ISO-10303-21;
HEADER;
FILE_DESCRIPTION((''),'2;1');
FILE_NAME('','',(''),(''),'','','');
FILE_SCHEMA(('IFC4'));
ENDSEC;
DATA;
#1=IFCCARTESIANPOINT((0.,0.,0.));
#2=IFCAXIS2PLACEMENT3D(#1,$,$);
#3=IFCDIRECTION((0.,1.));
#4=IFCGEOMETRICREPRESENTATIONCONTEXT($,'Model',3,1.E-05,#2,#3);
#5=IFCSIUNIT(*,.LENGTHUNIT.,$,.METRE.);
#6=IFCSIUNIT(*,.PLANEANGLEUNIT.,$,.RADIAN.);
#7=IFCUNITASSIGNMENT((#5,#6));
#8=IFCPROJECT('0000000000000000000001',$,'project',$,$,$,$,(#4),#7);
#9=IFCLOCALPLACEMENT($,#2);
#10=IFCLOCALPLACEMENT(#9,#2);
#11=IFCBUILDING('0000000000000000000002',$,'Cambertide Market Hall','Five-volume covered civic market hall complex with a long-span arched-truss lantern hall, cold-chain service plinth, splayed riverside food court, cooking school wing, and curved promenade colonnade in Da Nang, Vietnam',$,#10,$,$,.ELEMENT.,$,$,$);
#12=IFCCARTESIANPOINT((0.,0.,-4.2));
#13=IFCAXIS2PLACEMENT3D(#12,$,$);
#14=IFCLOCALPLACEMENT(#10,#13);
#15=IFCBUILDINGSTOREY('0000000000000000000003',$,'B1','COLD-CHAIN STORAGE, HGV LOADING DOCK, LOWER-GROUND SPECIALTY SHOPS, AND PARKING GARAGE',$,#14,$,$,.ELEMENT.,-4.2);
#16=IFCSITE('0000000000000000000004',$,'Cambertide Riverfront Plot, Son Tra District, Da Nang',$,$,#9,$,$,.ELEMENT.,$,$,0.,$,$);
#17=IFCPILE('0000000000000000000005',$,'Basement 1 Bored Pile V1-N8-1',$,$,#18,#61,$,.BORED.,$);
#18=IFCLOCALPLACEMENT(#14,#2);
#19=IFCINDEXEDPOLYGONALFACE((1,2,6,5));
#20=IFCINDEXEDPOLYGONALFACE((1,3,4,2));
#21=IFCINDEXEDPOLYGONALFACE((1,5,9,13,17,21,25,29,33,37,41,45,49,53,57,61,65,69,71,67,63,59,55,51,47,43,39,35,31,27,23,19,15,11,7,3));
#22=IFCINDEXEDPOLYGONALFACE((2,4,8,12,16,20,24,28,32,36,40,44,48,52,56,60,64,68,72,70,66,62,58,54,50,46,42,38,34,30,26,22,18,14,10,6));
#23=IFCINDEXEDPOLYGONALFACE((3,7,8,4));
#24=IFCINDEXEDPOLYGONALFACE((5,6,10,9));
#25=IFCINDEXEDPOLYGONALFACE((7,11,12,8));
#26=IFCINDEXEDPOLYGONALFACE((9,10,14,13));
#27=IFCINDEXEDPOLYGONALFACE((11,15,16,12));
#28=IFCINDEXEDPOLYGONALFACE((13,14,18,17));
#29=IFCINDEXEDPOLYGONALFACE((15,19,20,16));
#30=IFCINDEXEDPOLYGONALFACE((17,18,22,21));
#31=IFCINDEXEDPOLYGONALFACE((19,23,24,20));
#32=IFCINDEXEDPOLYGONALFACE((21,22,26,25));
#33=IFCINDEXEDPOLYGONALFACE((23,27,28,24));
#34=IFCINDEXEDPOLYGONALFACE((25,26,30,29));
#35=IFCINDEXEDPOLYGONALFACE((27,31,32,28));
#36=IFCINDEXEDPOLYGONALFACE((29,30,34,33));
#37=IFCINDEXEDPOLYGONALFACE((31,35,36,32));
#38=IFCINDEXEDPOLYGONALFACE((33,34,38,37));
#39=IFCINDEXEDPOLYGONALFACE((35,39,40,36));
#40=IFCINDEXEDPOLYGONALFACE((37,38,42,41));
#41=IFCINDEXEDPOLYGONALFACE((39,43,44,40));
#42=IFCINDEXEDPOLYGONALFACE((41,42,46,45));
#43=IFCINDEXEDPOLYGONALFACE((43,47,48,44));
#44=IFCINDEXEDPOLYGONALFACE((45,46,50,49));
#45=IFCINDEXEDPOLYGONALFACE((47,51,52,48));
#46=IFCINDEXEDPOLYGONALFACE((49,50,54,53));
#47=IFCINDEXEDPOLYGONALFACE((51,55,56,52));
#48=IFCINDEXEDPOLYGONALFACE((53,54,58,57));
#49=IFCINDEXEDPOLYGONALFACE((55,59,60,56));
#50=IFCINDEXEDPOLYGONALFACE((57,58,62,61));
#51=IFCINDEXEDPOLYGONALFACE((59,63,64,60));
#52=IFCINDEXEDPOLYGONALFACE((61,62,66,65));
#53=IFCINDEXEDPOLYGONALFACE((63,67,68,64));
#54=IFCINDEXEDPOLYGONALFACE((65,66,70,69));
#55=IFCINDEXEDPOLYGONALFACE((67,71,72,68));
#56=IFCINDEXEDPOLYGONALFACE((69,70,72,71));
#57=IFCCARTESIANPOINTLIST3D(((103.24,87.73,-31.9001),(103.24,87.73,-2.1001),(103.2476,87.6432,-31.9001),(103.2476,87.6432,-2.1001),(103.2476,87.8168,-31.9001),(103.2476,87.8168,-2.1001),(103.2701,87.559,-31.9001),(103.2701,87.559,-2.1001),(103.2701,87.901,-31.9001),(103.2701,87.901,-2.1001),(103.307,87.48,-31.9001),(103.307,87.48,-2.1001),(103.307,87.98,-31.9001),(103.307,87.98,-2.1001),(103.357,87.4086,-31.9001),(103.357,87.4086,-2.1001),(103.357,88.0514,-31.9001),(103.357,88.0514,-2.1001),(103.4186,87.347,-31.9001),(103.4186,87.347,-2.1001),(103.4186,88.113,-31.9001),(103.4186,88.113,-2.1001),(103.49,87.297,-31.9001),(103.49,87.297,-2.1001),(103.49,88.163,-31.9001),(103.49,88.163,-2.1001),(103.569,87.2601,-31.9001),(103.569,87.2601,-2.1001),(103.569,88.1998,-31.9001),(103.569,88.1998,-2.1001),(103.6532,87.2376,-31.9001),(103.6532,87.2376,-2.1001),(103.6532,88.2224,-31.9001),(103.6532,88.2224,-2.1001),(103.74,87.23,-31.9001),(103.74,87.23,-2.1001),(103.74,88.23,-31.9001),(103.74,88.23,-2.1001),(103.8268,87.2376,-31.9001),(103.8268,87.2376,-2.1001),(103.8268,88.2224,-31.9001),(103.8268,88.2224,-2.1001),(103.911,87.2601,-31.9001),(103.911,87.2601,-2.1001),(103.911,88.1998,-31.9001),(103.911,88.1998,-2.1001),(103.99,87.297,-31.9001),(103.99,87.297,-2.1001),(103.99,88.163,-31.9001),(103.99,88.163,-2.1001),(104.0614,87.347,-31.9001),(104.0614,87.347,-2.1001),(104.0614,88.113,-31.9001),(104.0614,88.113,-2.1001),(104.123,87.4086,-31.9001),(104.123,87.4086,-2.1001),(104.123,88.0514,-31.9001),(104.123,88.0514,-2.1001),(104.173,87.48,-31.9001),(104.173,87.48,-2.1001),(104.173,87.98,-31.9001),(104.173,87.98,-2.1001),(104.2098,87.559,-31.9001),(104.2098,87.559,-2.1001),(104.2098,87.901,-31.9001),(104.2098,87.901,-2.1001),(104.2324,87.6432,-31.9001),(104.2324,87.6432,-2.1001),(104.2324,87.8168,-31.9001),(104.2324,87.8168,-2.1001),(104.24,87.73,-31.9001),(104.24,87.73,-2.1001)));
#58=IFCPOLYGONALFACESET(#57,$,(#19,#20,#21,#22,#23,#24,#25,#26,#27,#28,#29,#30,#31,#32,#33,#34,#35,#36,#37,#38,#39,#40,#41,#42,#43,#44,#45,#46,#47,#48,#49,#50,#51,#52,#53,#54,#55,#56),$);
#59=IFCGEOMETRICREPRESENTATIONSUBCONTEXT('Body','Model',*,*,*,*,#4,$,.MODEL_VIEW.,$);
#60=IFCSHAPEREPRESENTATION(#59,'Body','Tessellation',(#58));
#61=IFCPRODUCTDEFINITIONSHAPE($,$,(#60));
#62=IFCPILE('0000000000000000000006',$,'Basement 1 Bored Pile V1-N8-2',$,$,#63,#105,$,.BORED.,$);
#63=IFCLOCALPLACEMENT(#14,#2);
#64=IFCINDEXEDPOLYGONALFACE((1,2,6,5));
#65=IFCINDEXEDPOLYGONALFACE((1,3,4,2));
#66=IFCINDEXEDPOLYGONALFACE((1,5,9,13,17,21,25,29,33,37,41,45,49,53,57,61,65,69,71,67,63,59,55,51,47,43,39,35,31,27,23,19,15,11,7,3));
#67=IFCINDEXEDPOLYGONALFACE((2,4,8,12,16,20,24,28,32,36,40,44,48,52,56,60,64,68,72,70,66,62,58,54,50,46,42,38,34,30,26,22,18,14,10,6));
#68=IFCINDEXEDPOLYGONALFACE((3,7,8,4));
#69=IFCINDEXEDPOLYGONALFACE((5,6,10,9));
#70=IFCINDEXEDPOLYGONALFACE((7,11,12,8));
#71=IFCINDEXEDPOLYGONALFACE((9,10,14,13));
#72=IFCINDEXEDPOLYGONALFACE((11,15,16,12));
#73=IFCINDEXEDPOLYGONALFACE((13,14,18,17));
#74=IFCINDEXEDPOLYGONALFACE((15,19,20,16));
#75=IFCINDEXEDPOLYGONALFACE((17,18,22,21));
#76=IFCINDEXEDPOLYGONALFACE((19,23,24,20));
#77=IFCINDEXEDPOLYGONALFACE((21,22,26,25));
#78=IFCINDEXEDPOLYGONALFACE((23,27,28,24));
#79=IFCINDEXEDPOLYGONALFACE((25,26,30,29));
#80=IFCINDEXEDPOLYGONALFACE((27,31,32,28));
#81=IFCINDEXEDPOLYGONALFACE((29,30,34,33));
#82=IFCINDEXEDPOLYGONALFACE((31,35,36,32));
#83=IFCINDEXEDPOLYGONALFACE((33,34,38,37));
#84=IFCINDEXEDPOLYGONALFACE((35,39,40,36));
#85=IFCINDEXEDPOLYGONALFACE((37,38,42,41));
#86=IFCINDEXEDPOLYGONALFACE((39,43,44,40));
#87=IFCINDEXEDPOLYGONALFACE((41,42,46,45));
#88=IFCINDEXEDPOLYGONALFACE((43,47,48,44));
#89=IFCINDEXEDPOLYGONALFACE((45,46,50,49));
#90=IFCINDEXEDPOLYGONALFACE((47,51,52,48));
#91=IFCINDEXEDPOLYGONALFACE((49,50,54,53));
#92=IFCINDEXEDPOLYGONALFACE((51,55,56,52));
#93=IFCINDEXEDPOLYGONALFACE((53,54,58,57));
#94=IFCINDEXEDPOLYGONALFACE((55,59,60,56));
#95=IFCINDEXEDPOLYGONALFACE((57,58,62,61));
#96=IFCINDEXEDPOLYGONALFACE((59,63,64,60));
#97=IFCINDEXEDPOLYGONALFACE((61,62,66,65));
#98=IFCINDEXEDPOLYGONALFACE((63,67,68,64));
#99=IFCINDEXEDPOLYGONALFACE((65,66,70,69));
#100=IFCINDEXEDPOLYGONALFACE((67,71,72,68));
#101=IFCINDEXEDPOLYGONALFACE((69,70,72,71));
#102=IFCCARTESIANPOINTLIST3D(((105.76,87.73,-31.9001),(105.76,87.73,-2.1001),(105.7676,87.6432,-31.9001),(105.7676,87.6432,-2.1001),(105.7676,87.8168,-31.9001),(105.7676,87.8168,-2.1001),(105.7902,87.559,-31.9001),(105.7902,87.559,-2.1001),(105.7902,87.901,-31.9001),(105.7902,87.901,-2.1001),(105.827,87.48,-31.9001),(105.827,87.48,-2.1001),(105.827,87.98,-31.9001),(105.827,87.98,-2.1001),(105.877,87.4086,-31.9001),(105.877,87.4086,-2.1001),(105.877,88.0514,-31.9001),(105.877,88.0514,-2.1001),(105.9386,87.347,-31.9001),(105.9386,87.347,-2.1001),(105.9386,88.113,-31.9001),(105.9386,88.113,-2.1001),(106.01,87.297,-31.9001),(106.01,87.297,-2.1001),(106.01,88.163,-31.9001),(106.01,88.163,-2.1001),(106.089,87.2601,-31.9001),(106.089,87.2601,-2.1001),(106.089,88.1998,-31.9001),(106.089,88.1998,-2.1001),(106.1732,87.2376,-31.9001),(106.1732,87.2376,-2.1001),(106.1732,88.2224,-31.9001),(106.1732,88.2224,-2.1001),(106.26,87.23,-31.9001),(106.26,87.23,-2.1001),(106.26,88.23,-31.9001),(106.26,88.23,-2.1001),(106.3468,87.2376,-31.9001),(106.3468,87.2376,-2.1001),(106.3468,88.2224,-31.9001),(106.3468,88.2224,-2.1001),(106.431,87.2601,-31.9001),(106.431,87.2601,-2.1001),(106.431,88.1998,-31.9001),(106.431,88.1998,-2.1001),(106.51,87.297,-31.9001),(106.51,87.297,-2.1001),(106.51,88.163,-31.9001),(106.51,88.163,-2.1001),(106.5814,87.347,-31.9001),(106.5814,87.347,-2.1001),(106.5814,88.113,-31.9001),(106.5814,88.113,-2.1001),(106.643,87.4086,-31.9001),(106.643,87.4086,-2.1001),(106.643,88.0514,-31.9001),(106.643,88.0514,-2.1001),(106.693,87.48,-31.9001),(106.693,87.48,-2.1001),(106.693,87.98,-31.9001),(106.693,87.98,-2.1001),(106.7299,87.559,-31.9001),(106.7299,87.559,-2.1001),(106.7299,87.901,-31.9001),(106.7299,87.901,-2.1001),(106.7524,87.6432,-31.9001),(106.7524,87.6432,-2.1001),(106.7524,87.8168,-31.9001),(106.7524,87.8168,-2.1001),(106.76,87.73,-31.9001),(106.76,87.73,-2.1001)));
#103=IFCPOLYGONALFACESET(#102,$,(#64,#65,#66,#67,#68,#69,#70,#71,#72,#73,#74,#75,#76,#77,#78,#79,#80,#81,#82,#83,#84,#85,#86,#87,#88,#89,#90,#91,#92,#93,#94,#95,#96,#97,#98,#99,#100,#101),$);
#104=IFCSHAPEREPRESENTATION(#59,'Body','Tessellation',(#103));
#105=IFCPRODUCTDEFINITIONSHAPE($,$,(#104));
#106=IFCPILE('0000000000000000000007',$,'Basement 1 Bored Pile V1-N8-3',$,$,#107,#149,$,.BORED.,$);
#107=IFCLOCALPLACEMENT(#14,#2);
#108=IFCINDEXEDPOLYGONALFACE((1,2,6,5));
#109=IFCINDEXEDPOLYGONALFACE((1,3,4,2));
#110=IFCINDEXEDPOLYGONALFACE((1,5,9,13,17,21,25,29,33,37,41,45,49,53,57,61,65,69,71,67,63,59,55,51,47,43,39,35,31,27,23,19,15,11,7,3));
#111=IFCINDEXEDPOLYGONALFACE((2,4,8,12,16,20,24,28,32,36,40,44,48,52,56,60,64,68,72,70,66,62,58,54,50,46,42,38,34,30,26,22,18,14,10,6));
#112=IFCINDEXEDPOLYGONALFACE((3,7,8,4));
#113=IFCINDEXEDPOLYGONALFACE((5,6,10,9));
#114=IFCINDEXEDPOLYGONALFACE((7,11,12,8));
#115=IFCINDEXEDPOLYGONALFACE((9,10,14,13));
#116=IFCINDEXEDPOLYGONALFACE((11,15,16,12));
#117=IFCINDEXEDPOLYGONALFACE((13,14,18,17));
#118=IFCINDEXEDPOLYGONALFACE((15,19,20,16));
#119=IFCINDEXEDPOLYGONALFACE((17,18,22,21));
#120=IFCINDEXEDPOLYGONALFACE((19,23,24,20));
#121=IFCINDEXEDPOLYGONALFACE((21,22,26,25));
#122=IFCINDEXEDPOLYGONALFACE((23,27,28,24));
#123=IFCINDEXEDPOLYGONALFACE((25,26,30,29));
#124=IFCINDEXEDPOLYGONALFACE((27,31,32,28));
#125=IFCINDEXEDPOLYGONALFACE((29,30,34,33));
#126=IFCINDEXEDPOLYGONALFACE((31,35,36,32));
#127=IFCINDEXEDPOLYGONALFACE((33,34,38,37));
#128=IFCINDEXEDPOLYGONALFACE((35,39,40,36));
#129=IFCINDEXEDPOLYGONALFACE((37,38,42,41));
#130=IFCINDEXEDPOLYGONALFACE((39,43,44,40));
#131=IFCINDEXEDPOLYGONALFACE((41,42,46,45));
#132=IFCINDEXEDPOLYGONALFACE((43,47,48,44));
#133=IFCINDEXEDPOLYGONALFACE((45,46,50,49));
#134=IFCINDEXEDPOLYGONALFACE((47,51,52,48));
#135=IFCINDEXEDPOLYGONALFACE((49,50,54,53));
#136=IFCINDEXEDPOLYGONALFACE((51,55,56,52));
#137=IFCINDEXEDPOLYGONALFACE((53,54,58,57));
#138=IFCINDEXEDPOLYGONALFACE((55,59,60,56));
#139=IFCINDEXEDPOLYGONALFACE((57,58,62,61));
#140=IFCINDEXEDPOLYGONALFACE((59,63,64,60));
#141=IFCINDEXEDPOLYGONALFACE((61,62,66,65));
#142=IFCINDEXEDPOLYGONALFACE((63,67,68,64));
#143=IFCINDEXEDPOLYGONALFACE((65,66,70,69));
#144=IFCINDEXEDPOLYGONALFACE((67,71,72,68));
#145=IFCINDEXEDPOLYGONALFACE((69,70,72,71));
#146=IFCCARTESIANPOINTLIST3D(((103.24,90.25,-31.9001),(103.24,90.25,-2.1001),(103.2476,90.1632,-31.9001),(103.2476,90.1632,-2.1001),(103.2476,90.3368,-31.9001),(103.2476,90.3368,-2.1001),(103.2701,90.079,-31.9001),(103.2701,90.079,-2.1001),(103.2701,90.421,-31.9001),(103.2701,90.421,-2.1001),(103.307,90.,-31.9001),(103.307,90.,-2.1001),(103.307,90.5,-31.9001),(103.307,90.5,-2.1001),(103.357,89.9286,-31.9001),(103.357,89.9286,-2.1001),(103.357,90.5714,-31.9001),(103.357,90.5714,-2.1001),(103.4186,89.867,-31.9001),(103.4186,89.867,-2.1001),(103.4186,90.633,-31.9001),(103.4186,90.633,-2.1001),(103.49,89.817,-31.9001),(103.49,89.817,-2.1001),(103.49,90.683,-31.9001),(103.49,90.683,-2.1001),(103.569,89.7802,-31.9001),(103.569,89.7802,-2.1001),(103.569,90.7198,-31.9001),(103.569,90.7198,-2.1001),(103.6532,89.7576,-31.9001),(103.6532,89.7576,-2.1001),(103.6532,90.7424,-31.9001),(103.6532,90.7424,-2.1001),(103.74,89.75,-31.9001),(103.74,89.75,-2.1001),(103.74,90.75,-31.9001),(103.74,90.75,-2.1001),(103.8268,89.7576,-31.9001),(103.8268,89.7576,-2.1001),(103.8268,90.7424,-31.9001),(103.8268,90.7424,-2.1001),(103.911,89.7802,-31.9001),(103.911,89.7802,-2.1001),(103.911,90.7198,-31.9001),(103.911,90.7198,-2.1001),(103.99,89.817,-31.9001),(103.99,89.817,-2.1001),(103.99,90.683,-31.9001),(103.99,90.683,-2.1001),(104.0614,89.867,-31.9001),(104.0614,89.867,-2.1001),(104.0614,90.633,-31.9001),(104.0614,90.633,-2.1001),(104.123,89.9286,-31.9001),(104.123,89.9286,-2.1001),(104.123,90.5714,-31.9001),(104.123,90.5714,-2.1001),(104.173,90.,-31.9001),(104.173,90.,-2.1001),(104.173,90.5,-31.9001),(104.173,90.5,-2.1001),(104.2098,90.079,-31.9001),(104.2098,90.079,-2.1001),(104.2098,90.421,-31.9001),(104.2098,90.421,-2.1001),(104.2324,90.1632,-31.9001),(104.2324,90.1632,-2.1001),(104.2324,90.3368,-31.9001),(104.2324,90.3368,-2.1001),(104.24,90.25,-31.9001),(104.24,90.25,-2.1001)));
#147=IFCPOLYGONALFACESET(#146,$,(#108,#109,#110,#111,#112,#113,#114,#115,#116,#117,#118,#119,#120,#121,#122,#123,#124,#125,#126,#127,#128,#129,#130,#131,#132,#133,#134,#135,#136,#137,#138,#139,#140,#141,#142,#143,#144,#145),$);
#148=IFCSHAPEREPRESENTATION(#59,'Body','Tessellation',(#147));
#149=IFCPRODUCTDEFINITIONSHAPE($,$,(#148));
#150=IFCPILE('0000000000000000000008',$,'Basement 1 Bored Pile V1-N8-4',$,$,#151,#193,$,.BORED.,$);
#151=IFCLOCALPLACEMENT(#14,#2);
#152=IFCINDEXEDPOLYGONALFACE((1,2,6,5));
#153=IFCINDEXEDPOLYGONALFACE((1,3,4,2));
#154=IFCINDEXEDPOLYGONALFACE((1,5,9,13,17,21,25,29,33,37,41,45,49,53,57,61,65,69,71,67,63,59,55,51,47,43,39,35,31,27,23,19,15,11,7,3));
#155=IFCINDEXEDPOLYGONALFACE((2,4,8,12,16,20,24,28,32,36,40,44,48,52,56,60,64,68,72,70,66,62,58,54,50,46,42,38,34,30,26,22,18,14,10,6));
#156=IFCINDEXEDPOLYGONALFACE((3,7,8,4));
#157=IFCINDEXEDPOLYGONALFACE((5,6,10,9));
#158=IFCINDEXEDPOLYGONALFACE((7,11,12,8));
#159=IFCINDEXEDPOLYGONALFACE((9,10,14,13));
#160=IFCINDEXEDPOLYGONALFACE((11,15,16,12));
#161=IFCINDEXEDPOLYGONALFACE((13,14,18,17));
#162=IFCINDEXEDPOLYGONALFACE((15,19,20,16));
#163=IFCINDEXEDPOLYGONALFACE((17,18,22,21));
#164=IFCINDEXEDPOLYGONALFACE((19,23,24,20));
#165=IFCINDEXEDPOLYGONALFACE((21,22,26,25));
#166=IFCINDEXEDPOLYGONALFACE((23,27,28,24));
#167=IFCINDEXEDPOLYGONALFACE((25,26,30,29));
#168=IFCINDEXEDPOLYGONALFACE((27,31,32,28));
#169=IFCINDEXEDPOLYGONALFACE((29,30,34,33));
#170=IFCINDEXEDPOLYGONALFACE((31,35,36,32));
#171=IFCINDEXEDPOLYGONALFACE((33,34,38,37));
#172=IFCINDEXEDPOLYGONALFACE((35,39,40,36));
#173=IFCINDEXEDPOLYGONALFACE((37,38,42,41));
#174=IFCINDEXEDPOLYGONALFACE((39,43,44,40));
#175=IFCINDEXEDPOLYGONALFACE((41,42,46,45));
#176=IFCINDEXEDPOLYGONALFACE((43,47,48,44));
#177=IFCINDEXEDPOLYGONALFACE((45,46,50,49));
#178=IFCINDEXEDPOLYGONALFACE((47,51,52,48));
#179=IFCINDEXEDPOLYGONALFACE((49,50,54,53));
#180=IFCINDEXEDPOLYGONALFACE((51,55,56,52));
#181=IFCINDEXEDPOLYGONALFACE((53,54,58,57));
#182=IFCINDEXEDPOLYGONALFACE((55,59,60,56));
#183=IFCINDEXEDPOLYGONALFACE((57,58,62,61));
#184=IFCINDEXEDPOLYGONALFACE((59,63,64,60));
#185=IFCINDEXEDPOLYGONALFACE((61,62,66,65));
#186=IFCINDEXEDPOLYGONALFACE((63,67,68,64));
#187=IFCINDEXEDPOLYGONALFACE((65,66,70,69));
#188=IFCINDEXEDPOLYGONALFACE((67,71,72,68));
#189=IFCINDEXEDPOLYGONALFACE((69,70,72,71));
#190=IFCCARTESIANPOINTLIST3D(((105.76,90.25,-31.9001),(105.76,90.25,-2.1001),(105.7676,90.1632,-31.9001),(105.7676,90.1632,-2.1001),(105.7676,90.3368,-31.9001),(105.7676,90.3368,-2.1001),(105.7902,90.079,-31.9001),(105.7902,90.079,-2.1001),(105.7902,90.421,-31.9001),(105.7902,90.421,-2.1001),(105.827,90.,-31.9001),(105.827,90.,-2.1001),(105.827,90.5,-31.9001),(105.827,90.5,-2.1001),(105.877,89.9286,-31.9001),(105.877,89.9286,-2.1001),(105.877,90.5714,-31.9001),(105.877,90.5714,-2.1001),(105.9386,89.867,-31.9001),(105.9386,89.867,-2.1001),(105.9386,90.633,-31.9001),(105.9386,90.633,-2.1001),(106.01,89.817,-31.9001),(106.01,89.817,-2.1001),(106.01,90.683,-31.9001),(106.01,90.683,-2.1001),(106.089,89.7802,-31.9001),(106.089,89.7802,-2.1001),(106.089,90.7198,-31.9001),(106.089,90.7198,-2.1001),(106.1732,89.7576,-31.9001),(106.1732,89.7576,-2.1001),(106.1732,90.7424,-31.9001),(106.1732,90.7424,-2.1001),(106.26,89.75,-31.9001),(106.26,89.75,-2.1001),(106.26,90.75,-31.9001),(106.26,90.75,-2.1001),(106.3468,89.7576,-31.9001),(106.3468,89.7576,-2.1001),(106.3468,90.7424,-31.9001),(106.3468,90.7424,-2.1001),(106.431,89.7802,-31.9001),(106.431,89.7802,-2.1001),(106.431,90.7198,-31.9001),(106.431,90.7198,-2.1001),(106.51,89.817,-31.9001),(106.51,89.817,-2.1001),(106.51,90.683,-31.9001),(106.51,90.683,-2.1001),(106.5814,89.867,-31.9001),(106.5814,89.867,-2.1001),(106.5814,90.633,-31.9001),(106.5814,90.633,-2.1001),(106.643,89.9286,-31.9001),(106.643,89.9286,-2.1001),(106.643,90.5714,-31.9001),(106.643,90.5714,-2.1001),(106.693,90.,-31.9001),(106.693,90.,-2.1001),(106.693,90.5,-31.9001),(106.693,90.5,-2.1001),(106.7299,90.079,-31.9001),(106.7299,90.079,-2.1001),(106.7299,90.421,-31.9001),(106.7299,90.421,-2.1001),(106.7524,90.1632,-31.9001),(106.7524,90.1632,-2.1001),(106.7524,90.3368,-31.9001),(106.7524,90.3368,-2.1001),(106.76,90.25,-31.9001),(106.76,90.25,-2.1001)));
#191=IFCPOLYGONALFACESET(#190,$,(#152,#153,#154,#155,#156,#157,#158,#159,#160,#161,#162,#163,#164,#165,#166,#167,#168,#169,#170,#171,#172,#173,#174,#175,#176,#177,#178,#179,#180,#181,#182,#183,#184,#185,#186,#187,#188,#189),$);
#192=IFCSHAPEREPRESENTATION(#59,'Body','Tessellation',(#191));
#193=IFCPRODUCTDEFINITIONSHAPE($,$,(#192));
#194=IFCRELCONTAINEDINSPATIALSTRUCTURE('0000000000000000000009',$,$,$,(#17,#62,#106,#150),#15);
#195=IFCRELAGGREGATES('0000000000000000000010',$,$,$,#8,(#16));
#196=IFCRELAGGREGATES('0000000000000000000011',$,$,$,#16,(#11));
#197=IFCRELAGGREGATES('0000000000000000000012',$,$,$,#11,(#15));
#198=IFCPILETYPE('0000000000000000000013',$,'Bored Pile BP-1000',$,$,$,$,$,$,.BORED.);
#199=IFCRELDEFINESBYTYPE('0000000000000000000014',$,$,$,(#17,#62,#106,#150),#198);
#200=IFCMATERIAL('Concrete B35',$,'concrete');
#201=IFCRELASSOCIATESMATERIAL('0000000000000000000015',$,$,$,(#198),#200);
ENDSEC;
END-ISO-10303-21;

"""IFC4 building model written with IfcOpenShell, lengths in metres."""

from ifc_helpers import new_model, si_unit, direction, frame, origin, origin_2d, place, context, subcontext, project, spatial, circle, extrude, material, material_profile, profile_set, type_object, element, save


model = new_model("IFC4")

# Units and contexts
model_context = context("Model", 3, precision=1e-05, world=origin(), true_north=direction((0.0, 1.0)))
body_context = subcontext(model_context, "Body", "Model", "MODEL_VIEW")
ifc_project = project(units=[si_unit("LENGTHUNIT", "METRE"), si_unit("PLANEANGLEUNIT", "RADIAN")], contexts=[model_context])

# Site, building, storey
site_placement = place(None, origin())
site = spatial("IfcSite", under=ifc_project, at=site_placement, Name="Cambertide Riverfront Plot, Son Tra District, Da Nang", CompositionType="ELEMENT", RefElevation=0.0)
building_placement = place(site_placement, origin())
building = spatial("IfcBuilding", under=site, at=building_placement, Name="Cambertide Market Hall", Description="Five-volume covered civic market hall complex with a long-span arched-truss lantern hall, cold-chain service plinth, splayed riverside food court, cooking school wing, and curved promenade colonnade in Da Nang, Vietnam", CompositionType="ELEMENT")
storey_placement = place(building_placement, frame((0.0, 0.0, -4.2)))
storey = spatial("IfcBuildingStorey", under=building, at=storey_placement, Name="B1", Description="COLD-CHAIN STORAGE, HGV LOADING DOCK, LOWER-GROUND SPECIALTY SHOPS, AND PARKING GARAGE", CompositionType="ELEMENT", Elevation=-4.2)

# Piles
ifc_material_1 = material(Name="Concrete B35", Category="concrete")
ifc_material_profile_1 = material_profile(ifc_material_1, circle(Radius=0.5, at=origin_2d()), Name="BP D1000")
ifc_profile_set_1 = profile_set([ifc_material_profile_1], Name="Concrete B35")
pile_type_1 = type_object("IfcPileType", Name="Bored Pile BP-1000", PredefinedType="BORED", material=ifc_profile_set_1)
for number, where, z_axis, x_axis, name in (
    (1, (103.74, 87.73, -2.1001), (0.0, 0.0, -1.0), (1.0, 0.0, 0.0), "Basement 1 Bored Pile V1-N8-1"),
    (2, (106.26, 87.73, -2.1001), (0.0, 0.0, -1.0), (1.0, 0.0, 0.0), "Basement 1 Bored Pile V1-N8-2"),
    (3, (103.74, 90.25, -2.1001), (0.0, 0.0, -1.0), (1.0, 0.0, 0.0), "Basement 1 Bored Pile V1-N8-3"),
    (4, (106.26, 90.25, -2.1001), (0.0, 0.0, -1.0), (1.0, 0.0, 0.0), "Basement 1 Bored Pile V1-N8-4"),
):
    element("IfcPile", number, at=place(storey_placement, frame(where, z_axis=z_axis, x_axis=x_axis)), inside=storey, type_object=pile_type_1, Name=name, PredefinedType="BORED", context=body_context, shape_type="SweptSolid", body=[
        extrude(circle(Radius=0.5, at=origin_2d()), origin(), (0.0, 0.0, 1.0), 29.8),
    ])

save(model, "model.ifc")
